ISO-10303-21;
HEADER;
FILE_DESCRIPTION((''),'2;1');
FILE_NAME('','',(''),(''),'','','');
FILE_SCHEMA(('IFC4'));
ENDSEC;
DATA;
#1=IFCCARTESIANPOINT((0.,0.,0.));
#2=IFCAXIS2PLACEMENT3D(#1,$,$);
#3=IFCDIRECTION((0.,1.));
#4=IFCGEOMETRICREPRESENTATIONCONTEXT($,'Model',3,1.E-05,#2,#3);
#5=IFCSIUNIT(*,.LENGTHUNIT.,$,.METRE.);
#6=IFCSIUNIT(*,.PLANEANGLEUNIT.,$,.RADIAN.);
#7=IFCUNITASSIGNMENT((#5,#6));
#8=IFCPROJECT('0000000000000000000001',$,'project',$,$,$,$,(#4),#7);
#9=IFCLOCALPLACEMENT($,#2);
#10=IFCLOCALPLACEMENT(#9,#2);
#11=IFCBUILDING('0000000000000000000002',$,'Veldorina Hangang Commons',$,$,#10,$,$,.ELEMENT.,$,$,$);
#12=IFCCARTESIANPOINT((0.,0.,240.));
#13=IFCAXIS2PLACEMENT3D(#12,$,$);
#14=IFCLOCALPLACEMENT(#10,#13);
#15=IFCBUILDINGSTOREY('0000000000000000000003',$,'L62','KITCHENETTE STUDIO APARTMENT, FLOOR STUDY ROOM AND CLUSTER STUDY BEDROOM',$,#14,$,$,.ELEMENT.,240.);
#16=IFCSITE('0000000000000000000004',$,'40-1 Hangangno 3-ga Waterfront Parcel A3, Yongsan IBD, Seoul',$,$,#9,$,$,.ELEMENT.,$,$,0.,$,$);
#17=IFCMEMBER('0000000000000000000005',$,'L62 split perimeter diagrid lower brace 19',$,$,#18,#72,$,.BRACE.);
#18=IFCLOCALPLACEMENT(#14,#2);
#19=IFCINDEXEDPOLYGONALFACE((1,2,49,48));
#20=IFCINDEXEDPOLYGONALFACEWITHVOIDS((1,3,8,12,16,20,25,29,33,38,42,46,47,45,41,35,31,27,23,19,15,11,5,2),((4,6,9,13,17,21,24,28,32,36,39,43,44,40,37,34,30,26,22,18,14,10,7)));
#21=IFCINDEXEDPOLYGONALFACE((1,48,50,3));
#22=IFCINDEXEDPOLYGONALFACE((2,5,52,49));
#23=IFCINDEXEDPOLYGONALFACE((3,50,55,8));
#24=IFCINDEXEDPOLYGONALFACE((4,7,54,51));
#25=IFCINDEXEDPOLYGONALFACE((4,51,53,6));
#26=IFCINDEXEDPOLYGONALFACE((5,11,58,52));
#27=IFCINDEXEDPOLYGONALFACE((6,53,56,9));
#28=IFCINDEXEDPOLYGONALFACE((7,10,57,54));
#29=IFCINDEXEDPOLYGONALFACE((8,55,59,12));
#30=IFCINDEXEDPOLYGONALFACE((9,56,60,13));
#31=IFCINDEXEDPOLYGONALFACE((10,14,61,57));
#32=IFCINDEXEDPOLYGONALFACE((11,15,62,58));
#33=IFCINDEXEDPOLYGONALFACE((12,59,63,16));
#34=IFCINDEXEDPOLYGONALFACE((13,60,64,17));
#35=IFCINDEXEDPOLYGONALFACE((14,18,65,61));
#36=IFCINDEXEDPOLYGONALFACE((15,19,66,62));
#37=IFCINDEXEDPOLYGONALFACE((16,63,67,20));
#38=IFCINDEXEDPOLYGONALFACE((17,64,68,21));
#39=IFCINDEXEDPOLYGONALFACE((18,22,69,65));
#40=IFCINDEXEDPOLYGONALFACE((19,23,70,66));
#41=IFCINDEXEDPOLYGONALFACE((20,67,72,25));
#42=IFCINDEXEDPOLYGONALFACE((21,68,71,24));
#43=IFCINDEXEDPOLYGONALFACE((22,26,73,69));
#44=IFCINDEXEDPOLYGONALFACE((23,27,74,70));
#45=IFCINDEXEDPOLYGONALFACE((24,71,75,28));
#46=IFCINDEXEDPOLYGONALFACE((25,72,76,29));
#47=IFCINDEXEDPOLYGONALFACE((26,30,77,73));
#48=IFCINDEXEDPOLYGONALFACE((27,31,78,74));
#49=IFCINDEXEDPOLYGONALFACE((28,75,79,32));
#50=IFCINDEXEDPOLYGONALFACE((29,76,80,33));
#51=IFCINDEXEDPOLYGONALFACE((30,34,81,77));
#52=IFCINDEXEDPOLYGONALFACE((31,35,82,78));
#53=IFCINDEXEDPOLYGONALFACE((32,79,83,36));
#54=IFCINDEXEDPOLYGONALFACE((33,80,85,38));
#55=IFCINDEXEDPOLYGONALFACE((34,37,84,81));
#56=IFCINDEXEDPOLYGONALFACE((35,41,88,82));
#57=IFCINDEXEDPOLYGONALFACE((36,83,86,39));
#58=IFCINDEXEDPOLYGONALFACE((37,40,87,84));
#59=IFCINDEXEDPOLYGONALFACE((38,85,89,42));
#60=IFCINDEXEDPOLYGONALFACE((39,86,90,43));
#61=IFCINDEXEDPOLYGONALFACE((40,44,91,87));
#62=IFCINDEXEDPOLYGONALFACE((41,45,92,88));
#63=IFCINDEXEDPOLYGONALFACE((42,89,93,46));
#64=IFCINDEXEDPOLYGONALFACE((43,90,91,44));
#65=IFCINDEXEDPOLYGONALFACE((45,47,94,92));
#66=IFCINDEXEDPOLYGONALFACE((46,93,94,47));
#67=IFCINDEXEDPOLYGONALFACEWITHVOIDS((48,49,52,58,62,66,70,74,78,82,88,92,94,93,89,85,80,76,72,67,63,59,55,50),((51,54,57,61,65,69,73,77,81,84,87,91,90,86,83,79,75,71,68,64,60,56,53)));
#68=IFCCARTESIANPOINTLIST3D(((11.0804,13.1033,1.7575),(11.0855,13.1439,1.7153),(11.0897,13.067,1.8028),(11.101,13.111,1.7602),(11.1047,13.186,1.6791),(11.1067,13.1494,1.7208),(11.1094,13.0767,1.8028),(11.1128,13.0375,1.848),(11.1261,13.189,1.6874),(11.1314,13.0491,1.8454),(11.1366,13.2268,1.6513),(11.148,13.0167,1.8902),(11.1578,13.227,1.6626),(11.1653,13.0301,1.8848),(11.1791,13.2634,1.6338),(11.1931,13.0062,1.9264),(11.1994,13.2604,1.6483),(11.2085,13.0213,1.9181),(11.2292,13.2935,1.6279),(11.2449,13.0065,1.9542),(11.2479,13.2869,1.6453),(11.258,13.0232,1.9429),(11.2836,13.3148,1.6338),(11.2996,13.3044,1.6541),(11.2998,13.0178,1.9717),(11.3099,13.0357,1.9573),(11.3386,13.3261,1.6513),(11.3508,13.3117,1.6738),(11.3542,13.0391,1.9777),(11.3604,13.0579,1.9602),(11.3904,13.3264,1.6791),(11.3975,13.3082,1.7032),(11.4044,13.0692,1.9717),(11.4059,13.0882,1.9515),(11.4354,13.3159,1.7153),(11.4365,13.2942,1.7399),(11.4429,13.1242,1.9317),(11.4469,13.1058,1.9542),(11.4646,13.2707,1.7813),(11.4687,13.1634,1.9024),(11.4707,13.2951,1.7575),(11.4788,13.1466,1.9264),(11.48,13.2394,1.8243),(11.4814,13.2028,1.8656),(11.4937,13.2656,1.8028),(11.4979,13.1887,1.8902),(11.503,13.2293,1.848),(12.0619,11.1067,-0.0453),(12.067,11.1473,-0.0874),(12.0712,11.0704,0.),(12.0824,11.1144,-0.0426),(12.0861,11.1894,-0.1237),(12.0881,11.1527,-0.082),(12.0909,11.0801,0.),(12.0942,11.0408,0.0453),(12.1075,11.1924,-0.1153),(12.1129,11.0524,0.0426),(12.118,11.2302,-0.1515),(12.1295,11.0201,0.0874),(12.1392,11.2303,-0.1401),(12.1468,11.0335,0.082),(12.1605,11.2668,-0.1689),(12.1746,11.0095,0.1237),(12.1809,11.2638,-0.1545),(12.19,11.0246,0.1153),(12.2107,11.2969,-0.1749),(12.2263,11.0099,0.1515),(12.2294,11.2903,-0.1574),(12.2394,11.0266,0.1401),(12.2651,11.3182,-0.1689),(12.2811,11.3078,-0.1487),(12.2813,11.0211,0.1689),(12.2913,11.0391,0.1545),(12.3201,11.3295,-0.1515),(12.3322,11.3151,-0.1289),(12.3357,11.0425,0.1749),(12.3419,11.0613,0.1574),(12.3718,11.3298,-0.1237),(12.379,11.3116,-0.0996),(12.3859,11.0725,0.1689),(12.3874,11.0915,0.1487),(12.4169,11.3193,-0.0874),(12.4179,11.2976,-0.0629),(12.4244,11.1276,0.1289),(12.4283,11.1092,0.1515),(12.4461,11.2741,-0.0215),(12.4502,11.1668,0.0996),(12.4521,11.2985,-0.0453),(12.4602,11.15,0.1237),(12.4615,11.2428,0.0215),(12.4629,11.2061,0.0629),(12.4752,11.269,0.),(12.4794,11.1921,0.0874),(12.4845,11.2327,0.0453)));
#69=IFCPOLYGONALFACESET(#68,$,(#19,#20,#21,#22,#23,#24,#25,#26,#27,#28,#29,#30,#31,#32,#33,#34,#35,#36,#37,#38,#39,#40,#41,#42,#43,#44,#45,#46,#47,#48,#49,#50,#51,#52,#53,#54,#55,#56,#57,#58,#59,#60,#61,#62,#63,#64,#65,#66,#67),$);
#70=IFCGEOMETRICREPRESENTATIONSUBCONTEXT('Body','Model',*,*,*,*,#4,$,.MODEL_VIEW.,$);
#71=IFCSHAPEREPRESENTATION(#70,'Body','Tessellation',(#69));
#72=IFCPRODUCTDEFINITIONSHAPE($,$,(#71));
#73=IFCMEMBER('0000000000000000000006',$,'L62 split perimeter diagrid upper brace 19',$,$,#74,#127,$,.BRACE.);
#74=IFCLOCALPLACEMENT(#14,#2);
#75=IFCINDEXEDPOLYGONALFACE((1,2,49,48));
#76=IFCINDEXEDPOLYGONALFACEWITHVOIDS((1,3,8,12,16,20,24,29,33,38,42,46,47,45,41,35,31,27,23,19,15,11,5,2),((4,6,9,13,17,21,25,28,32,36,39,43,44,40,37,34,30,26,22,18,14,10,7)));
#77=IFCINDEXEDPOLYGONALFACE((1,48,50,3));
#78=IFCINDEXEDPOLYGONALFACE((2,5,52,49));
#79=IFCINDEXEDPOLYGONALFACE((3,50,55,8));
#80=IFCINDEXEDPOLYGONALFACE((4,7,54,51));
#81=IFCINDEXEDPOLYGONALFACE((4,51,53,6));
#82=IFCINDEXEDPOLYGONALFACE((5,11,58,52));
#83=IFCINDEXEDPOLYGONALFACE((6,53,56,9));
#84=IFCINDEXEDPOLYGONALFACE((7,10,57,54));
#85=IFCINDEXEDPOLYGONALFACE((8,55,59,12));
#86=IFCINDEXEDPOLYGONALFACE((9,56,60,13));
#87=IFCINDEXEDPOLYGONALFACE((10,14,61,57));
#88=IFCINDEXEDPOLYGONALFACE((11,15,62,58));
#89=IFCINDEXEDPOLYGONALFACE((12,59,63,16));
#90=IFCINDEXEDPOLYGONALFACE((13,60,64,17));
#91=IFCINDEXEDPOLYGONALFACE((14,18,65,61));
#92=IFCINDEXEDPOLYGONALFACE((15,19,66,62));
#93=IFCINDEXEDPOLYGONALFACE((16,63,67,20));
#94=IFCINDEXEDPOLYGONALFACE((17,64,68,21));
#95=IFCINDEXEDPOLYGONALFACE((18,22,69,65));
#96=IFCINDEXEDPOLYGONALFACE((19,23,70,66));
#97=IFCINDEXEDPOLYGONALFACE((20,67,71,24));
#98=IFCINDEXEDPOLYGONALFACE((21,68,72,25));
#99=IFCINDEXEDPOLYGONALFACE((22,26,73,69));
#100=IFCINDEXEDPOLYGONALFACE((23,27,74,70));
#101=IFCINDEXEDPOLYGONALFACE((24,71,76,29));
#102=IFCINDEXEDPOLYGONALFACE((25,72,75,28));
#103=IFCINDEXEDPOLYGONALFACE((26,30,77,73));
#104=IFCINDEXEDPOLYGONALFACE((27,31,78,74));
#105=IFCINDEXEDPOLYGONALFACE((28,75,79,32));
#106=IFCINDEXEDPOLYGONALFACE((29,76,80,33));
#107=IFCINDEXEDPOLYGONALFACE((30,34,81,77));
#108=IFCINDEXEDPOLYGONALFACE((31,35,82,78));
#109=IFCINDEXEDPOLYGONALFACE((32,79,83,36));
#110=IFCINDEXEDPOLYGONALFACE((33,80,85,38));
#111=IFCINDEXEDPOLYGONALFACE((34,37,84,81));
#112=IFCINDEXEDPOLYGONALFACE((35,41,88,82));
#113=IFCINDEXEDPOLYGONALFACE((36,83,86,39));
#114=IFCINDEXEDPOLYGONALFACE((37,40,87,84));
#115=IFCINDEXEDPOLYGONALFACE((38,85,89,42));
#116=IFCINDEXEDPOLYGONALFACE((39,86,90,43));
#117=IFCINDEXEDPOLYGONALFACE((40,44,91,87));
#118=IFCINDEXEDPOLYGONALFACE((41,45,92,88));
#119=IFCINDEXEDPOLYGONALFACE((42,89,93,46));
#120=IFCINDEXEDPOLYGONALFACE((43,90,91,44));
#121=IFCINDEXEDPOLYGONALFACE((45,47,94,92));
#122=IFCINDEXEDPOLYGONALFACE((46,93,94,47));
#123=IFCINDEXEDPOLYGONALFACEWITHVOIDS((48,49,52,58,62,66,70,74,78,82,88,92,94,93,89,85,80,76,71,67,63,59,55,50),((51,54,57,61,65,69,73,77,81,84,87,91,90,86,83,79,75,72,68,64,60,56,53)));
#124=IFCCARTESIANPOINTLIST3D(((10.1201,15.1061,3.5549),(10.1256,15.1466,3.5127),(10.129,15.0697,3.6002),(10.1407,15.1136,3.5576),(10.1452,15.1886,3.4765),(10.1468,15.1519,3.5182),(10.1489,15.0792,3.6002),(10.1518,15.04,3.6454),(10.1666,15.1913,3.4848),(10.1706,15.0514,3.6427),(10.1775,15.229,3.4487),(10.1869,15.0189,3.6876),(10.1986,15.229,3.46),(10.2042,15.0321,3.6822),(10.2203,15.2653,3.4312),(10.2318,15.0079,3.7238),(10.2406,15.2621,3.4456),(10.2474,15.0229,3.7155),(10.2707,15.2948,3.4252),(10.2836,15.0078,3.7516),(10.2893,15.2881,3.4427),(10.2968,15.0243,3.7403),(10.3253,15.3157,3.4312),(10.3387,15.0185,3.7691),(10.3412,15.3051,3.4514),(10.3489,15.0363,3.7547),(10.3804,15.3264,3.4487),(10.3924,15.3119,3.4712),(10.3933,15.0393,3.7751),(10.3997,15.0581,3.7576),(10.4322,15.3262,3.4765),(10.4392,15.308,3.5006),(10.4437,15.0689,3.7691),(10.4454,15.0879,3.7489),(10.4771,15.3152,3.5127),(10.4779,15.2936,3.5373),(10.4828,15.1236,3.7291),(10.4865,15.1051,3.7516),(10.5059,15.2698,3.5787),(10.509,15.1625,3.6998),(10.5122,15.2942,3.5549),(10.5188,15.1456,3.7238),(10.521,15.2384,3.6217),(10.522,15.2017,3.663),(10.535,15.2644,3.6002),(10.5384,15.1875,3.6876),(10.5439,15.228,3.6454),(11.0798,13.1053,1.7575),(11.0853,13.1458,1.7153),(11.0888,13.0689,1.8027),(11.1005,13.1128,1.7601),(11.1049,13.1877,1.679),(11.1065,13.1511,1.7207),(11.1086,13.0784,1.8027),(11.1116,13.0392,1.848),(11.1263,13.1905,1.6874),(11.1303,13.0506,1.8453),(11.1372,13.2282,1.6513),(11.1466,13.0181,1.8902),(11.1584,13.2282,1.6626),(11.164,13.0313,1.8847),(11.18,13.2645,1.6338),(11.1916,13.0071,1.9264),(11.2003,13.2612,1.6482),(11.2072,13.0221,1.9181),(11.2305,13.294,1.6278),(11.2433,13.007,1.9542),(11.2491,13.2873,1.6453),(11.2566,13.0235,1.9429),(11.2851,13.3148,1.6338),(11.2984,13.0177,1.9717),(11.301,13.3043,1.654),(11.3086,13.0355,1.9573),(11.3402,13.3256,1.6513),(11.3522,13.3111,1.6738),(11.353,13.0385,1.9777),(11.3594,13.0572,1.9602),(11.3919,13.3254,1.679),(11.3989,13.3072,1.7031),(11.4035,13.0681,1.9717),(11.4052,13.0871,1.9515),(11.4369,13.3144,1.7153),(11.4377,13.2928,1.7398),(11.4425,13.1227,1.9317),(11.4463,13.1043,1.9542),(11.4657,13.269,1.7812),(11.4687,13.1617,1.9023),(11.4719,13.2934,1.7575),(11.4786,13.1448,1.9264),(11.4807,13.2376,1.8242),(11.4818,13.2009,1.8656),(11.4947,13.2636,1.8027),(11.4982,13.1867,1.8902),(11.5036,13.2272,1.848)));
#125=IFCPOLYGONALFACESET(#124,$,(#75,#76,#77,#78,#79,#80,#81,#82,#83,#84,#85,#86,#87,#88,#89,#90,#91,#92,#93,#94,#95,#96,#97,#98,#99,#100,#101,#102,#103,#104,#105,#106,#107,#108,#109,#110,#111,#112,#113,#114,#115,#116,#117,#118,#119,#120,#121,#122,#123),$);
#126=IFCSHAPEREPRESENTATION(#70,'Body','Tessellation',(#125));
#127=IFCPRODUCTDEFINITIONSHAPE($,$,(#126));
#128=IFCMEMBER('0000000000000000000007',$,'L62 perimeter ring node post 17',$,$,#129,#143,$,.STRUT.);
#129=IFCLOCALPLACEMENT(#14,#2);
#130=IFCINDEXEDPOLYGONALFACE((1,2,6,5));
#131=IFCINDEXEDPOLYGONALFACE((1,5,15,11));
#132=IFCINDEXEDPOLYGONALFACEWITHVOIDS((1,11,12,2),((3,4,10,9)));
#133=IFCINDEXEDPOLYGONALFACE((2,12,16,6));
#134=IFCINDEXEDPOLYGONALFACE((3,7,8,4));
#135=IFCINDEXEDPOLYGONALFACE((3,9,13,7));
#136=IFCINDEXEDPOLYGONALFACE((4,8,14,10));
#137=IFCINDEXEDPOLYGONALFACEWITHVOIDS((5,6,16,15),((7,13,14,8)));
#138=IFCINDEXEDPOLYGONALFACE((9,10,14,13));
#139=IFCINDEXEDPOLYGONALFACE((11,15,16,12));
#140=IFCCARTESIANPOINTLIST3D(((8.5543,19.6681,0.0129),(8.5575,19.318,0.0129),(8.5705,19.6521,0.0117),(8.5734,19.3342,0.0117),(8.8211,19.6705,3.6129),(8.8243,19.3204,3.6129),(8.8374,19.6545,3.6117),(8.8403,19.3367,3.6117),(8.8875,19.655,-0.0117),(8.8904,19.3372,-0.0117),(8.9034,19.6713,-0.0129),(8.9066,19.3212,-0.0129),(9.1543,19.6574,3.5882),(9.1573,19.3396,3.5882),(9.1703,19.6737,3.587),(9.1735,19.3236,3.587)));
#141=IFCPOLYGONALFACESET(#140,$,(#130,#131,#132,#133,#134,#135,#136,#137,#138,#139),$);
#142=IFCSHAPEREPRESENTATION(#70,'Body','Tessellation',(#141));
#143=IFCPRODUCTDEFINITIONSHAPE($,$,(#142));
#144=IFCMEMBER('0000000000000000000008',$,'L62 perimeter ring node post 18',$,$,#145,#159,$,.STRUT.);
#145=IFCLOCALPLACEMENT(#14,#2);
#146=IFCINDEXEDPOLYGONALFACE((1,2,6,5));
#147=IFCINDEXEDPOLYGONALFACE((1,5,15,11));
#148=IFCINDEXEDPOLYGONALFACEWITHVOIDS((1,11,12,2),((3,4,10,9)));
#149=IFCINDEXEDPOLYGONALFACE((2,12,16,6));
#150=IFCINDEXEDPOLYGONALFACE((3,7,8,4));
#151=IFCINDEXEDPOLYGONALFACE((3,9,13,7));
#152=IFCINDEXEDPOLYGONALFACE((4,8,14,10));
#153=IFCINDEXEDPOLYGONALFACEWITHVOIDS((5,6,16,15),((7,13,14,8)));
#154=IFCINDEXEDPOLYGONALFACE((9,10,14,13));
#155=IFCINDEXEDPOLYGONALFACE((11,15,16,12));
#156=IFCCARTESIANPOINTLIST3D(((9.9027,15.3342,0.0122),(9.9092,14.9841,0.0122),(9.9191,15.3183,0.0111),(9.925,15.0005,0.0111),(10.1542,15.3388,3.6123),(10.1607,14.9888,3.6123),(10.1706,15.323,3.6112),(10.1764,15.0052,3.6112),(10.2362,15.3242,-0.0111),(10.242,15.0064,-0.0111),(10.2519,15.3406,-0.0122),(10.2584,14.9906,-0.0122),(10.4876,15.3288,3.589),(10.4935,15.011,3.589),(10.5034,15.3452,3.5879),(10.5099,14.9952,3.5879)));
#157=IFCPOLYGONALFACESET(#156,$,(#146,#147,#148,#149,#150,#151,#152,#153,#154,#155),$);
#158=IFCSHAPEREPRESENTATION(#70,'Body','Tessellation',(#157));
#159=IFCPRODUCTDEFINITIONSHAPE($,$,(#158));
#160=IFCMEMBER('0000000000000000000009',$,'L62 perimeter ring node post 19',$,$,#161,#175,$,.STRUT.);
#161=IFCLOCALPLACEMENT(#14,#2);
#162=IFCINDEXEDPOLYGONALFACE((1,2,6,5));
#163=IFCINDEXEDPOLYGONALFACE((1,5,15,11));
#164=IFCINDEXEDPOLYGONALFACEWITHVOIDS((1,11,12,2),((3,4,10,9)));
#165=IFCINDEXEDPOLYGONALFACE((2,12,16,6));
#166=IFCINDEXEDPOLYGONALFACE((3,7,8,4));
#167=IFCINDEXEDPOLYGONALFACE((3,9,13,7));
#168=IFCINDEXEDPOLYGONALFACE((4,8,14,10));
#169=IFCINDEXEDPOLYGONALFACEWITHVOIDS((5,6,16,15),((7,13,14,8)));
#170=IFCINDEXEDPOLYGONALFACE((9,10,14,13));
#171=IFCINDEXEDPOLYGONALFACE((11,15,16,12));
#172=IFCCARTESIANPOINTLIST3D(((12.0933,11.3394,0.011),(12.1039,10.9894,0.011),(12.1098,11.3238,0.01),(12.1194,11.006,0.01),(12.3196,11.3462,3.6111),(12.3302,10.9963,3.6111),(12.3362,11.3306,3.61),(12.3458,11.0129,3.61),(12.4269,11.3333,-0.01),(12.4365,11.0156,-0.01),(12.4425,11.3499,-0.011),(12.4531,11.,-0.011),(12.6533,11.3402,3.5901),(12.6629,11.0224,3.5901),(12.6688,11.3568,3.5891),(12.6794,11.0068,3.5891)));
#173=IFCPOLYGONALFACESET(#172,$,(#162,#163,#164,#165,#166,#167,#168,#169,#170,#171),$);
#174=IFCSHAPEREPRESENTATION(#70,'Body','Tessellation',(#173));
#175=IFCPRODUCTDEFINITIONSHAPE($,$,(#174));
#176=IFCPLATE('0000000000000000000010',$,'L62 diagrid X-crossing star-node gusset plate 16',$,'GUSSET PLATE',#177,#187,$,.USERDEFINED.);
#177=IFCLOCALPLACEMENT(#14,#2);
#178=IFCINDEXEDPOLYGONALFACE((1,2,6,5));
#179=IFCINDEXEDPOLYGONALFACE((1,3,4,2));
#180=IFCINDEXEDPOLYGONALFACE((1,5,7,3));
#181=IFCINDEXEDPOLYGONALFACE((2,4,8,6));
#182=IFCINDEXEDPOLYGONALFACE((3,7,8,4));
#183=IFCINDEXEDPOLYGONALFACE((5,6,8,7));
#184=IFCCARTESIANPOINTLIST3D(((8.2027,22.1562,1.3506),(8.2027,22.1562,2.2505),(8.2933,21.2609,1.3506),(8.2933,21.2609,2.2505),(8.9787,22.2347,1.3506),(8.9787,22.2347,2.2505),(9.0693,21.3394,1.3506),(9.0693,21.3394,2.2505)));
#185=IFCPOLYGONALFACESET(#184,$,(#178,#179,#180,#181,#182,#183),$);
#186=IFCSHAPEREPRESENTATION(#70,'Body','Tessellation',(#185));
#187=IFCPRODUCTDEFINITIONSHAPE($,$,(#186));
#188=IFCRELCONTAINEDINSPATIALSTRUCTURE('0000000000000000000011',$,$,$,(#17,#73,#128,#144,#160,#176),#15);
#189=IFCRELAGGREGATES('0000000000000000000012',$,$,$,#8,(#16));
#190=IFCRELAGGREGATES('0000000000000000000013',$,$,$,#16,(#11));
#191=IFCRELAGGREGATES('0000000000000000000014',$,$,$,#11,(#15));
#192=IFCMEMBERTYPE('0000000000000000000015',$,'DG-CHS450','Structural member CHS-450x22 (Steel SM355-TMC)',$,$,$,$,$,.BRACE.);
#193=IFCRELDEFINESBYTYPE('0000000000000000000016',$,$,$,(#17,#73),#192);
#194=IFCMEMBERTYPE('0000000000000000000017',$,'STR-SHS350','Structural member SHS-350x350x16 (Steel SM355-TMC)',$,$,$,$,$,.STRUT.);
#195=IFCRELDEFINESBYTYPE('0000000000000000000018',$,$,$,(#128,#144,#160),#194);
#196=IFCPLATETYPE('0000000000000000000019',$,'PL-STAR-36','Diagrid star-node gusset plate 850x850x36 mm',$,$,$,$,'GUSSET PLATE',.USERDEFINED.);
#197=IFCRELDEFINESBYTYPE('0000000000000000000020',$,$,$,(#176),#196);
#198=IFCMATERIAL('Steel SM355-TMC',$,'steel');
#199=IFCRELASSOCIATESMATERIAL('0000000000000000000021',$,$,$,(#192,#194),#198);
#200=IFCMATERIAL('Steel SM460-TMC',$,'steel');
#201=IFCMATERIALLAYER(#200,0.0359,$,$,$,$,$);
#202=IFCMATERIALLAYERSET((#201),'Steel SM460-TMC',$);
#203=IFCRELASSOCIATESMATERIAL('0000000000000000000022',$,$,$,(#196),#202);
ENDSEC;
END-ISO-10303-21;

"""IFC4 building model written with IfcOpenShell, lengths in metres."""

from ifc_helpers import new_model, si_unit, direction, frame, origin, origin_2d, place, context, subcontext, project, spatial, rectangle, hollow_rectangle, hollow_circle, extrude, material, layer, layer_set, material_profile, profile_set, type_object, element, save


model = new_model("IFC4")

# Units and contexts
model_context = context("Model", 3, precision=1e-05, world=origin(), true_north=direction((0.0, 1.0)))
body_context = subcontext(model_context, "Body", "Model", "MODEL_VIEW")
ifc_project = project(units=[si_unit("LENGTHUNIT", "METRE"), si_unit("PLANEANGLEUNIT", "RADIAN")], contexts=[model_context])

# Site, building, storey
site_placement = place(None, origin())
site = spatial("IfcSite", under=ifc_project, at=site_placement, Name="40-1 Hangangno 3-ga Waterfront Parcel A3, Yongsan IBD, Seoul", CompositionType="ELEMENT", RefElevation=0.0)
building_placement = place(site_placement, origin())
building = spatial("IfcBuilding", under=site, at=building_placement, Name="Veldorina Hangang Commons", CompositionType="ELEMENT")
storey_placement = place(building_placement, frame((0.0, 0.0, 240.0)))
storey = spatial("IfcBuildingStorey", under=building, at=storey_placement, Name="L62", Description="KITCHENETTE STUDIO APARTMENT, FLOOR STUDY ROOM AND CLUSTER STUDY BEDROOM", CompositionType="ELEMENT", Elevation=240.0)

# Shared definitions
ifc_material_1 = material(Name="Steel SM355-TMC", Category="steel")

# Members
ifc_material_profile_1 = material_profile(ifc_material_1, hollow_circle(Radius=0.2251, WallThickness=0.022, at=origin_2d()), Name="CHS-450x22")
ifc_profile_set_1 = profile_set([ifc_material_profile_1], Name="Steel SM355-TMC")
member_type_1 = type_object("IfcMemberType", Name="DG-CHS450", Description="Structural member CHS-450x22 (Steel SM355-TMC)", PredefinedType="BRACE", material=ifc_profile_set_1)
member_1_placement = place(storey_placement, frame((12.2732, 11.1697, 0.0), z_axis=(-0.342748, 0.697261, 0.629564), x_axis=(-0.897435, -0.441146, 0.0)))
element("IfcMember", 1, at=member_1_placement, inside=storey, type_object=member_type_1, Name="L62 split perimeter diagrid lower brace 19", PredefinedType="BRACE", context=body_context, shape_type="SweptSolid", body=[
    extrude(hollow_circle(Radius=0.2251, WallThickness=0.022, at=origin_2d()), origin(), (0.0, 0.0, 1.0), 2.8635),
])
member_2_placement = place(storey_placement, frame((11.2917, 13.1663, 1.8027), z_axis=(-0.336081, 0.700633, 0.629415), x_axis=(-0.901635, -0.432499, 0.0)))
element("IfcMember", 2, at=member_2_placement, inside=storey, type_object=member_type_1, Name="L62 split perimeter diagrid upper brace 19", PredefinedType="BRACE", context=body_context, shape_type="SweptSolid", body=[
    extrude(hollow_circle(Radius=0.2251, WallThickness=0.022, at=origin_2d()), origin(), (0.0, 0.0, 1.0), 2.8557),
])
ifc_material_profile_2 = material_profile(ifc_material_1, hollow_rectangle(XDim=0.3501, YDim=0.3501, WallThickness=0.0161, at=origin_2d()), Name="SHS-350x350x16")
ifc_profile_set_2 = profile_set([ifc_material_profile_2], Name="Steel SM355-TMC")
member_type_2 = type_object("IfcMemberType", Name="STR-SHS350", Description="Structural member SHS-350x350x16 (Steel SM355-TMC)", PredefinedType="STRUT", material=ifc_profile_set_2)
member_3_placement = place(storey_placement, frame((8.7305, 19.4946, 0.0), z_axis=(0.073919, 0.000676, 0.997264), x_axis=(-0.009149, 0.999958, 0.0)))
element("IfcMember", 3, at=member_3_placement, inside=storey, type_object=member_type_2, Name="L62 perimeter ring node post 17", PredefinedType="STRUT", context=body_context, shape_type="SweptSolid", body=[
    extrude(hollow_rectangle(XDim=0.3501, YDim=0.3501, WallThickness=0.0161, at=origin_2d()), origin(), (0.0, 0.0, 1.0), 3.6099),
])
member_4_placement = place(storey_placement, frame((10.0806, 15.1624, 0.0), z_axis=(0.06968, 0.001285, 0.997569), x_axis=(-0.018443, 0.99983, 0.0)))
element("IfcMember", 4, at=member_4_placement, inside=storey, type_object=member_type_2, Name="L62 perimeter ring node post 18", PredefinedType="STRUT", context=body_context, shape_type="SweptSolid", body=[
    extrude(hollow_rectangle(XDim=0.3501, YDim=0.3501, WallThickness=0.0161, at=origin_2d()), origin(), (0.0, 0.0, 1.0), 3.6089),
])
member_5_placement = place(storey_placement, frame((12.2732, 11.1697, 0.0), z_axis=(0.062741, 0.001895, 0.998028), x_axis=(-0.030191, 0.999544, 0.0)))
element("IfcMember", 5, at=member_5_placement, inside=storey, type_object=member_type_2, Name="L62 perimeter ring node post 19", PredefinedType="STRUT", context=body_context, shape_type="SweptSolid", body=[
    extrude(hollow_rectangle(XDim=0.3501, YDim=0.3501, WallThickness=0.0161, at=origin_2d()), origin(), (0.0, 0.0, 1.0), 3.6072),
])

# Plate
ifc_material_2 = material(Name="Steel SM460-TMC", Category="steel")
ifc_layer_1 = layer(ifc_material_2, 0.0359)
ifc_layer_set_1 = layer_set([ifc_layer_1], Name="Steel SM460-TMC")
plate_type = type_object("IfcPlateType", Name="PL-STAR-36", Description="Diagrid star-node gusset plate 850x850x36 mm", ElementType="GUSSET PLATE", PredefinedType="USERDEFINED", material=ifc_layer_set_1)
plate_1_placement = place(storey_placement, frame((8.636, 21.7478, 1.3506), z_axis=(0.0, 0.0, 1.0), x_axis=(0.100674, -0.994919, 0.0)))
element("IfcPlate", 6, at=plate_1_placement, inside=storey, type_object=plate_type, Name="L62 diagrid X-crossing star-node gusset plate 16", ObjectType="GUSSET PLATE", PredefinedType="USERDEFINED", context=body_context, shape_type="SweptSolid", body=[
    extrude(rectangle(XDim=0.8999, YDim=0.78, at=origin_2d()), origin(), (0.0, 0.0, 1.0), 0.8999),
])

save(model, "model.ifc")
